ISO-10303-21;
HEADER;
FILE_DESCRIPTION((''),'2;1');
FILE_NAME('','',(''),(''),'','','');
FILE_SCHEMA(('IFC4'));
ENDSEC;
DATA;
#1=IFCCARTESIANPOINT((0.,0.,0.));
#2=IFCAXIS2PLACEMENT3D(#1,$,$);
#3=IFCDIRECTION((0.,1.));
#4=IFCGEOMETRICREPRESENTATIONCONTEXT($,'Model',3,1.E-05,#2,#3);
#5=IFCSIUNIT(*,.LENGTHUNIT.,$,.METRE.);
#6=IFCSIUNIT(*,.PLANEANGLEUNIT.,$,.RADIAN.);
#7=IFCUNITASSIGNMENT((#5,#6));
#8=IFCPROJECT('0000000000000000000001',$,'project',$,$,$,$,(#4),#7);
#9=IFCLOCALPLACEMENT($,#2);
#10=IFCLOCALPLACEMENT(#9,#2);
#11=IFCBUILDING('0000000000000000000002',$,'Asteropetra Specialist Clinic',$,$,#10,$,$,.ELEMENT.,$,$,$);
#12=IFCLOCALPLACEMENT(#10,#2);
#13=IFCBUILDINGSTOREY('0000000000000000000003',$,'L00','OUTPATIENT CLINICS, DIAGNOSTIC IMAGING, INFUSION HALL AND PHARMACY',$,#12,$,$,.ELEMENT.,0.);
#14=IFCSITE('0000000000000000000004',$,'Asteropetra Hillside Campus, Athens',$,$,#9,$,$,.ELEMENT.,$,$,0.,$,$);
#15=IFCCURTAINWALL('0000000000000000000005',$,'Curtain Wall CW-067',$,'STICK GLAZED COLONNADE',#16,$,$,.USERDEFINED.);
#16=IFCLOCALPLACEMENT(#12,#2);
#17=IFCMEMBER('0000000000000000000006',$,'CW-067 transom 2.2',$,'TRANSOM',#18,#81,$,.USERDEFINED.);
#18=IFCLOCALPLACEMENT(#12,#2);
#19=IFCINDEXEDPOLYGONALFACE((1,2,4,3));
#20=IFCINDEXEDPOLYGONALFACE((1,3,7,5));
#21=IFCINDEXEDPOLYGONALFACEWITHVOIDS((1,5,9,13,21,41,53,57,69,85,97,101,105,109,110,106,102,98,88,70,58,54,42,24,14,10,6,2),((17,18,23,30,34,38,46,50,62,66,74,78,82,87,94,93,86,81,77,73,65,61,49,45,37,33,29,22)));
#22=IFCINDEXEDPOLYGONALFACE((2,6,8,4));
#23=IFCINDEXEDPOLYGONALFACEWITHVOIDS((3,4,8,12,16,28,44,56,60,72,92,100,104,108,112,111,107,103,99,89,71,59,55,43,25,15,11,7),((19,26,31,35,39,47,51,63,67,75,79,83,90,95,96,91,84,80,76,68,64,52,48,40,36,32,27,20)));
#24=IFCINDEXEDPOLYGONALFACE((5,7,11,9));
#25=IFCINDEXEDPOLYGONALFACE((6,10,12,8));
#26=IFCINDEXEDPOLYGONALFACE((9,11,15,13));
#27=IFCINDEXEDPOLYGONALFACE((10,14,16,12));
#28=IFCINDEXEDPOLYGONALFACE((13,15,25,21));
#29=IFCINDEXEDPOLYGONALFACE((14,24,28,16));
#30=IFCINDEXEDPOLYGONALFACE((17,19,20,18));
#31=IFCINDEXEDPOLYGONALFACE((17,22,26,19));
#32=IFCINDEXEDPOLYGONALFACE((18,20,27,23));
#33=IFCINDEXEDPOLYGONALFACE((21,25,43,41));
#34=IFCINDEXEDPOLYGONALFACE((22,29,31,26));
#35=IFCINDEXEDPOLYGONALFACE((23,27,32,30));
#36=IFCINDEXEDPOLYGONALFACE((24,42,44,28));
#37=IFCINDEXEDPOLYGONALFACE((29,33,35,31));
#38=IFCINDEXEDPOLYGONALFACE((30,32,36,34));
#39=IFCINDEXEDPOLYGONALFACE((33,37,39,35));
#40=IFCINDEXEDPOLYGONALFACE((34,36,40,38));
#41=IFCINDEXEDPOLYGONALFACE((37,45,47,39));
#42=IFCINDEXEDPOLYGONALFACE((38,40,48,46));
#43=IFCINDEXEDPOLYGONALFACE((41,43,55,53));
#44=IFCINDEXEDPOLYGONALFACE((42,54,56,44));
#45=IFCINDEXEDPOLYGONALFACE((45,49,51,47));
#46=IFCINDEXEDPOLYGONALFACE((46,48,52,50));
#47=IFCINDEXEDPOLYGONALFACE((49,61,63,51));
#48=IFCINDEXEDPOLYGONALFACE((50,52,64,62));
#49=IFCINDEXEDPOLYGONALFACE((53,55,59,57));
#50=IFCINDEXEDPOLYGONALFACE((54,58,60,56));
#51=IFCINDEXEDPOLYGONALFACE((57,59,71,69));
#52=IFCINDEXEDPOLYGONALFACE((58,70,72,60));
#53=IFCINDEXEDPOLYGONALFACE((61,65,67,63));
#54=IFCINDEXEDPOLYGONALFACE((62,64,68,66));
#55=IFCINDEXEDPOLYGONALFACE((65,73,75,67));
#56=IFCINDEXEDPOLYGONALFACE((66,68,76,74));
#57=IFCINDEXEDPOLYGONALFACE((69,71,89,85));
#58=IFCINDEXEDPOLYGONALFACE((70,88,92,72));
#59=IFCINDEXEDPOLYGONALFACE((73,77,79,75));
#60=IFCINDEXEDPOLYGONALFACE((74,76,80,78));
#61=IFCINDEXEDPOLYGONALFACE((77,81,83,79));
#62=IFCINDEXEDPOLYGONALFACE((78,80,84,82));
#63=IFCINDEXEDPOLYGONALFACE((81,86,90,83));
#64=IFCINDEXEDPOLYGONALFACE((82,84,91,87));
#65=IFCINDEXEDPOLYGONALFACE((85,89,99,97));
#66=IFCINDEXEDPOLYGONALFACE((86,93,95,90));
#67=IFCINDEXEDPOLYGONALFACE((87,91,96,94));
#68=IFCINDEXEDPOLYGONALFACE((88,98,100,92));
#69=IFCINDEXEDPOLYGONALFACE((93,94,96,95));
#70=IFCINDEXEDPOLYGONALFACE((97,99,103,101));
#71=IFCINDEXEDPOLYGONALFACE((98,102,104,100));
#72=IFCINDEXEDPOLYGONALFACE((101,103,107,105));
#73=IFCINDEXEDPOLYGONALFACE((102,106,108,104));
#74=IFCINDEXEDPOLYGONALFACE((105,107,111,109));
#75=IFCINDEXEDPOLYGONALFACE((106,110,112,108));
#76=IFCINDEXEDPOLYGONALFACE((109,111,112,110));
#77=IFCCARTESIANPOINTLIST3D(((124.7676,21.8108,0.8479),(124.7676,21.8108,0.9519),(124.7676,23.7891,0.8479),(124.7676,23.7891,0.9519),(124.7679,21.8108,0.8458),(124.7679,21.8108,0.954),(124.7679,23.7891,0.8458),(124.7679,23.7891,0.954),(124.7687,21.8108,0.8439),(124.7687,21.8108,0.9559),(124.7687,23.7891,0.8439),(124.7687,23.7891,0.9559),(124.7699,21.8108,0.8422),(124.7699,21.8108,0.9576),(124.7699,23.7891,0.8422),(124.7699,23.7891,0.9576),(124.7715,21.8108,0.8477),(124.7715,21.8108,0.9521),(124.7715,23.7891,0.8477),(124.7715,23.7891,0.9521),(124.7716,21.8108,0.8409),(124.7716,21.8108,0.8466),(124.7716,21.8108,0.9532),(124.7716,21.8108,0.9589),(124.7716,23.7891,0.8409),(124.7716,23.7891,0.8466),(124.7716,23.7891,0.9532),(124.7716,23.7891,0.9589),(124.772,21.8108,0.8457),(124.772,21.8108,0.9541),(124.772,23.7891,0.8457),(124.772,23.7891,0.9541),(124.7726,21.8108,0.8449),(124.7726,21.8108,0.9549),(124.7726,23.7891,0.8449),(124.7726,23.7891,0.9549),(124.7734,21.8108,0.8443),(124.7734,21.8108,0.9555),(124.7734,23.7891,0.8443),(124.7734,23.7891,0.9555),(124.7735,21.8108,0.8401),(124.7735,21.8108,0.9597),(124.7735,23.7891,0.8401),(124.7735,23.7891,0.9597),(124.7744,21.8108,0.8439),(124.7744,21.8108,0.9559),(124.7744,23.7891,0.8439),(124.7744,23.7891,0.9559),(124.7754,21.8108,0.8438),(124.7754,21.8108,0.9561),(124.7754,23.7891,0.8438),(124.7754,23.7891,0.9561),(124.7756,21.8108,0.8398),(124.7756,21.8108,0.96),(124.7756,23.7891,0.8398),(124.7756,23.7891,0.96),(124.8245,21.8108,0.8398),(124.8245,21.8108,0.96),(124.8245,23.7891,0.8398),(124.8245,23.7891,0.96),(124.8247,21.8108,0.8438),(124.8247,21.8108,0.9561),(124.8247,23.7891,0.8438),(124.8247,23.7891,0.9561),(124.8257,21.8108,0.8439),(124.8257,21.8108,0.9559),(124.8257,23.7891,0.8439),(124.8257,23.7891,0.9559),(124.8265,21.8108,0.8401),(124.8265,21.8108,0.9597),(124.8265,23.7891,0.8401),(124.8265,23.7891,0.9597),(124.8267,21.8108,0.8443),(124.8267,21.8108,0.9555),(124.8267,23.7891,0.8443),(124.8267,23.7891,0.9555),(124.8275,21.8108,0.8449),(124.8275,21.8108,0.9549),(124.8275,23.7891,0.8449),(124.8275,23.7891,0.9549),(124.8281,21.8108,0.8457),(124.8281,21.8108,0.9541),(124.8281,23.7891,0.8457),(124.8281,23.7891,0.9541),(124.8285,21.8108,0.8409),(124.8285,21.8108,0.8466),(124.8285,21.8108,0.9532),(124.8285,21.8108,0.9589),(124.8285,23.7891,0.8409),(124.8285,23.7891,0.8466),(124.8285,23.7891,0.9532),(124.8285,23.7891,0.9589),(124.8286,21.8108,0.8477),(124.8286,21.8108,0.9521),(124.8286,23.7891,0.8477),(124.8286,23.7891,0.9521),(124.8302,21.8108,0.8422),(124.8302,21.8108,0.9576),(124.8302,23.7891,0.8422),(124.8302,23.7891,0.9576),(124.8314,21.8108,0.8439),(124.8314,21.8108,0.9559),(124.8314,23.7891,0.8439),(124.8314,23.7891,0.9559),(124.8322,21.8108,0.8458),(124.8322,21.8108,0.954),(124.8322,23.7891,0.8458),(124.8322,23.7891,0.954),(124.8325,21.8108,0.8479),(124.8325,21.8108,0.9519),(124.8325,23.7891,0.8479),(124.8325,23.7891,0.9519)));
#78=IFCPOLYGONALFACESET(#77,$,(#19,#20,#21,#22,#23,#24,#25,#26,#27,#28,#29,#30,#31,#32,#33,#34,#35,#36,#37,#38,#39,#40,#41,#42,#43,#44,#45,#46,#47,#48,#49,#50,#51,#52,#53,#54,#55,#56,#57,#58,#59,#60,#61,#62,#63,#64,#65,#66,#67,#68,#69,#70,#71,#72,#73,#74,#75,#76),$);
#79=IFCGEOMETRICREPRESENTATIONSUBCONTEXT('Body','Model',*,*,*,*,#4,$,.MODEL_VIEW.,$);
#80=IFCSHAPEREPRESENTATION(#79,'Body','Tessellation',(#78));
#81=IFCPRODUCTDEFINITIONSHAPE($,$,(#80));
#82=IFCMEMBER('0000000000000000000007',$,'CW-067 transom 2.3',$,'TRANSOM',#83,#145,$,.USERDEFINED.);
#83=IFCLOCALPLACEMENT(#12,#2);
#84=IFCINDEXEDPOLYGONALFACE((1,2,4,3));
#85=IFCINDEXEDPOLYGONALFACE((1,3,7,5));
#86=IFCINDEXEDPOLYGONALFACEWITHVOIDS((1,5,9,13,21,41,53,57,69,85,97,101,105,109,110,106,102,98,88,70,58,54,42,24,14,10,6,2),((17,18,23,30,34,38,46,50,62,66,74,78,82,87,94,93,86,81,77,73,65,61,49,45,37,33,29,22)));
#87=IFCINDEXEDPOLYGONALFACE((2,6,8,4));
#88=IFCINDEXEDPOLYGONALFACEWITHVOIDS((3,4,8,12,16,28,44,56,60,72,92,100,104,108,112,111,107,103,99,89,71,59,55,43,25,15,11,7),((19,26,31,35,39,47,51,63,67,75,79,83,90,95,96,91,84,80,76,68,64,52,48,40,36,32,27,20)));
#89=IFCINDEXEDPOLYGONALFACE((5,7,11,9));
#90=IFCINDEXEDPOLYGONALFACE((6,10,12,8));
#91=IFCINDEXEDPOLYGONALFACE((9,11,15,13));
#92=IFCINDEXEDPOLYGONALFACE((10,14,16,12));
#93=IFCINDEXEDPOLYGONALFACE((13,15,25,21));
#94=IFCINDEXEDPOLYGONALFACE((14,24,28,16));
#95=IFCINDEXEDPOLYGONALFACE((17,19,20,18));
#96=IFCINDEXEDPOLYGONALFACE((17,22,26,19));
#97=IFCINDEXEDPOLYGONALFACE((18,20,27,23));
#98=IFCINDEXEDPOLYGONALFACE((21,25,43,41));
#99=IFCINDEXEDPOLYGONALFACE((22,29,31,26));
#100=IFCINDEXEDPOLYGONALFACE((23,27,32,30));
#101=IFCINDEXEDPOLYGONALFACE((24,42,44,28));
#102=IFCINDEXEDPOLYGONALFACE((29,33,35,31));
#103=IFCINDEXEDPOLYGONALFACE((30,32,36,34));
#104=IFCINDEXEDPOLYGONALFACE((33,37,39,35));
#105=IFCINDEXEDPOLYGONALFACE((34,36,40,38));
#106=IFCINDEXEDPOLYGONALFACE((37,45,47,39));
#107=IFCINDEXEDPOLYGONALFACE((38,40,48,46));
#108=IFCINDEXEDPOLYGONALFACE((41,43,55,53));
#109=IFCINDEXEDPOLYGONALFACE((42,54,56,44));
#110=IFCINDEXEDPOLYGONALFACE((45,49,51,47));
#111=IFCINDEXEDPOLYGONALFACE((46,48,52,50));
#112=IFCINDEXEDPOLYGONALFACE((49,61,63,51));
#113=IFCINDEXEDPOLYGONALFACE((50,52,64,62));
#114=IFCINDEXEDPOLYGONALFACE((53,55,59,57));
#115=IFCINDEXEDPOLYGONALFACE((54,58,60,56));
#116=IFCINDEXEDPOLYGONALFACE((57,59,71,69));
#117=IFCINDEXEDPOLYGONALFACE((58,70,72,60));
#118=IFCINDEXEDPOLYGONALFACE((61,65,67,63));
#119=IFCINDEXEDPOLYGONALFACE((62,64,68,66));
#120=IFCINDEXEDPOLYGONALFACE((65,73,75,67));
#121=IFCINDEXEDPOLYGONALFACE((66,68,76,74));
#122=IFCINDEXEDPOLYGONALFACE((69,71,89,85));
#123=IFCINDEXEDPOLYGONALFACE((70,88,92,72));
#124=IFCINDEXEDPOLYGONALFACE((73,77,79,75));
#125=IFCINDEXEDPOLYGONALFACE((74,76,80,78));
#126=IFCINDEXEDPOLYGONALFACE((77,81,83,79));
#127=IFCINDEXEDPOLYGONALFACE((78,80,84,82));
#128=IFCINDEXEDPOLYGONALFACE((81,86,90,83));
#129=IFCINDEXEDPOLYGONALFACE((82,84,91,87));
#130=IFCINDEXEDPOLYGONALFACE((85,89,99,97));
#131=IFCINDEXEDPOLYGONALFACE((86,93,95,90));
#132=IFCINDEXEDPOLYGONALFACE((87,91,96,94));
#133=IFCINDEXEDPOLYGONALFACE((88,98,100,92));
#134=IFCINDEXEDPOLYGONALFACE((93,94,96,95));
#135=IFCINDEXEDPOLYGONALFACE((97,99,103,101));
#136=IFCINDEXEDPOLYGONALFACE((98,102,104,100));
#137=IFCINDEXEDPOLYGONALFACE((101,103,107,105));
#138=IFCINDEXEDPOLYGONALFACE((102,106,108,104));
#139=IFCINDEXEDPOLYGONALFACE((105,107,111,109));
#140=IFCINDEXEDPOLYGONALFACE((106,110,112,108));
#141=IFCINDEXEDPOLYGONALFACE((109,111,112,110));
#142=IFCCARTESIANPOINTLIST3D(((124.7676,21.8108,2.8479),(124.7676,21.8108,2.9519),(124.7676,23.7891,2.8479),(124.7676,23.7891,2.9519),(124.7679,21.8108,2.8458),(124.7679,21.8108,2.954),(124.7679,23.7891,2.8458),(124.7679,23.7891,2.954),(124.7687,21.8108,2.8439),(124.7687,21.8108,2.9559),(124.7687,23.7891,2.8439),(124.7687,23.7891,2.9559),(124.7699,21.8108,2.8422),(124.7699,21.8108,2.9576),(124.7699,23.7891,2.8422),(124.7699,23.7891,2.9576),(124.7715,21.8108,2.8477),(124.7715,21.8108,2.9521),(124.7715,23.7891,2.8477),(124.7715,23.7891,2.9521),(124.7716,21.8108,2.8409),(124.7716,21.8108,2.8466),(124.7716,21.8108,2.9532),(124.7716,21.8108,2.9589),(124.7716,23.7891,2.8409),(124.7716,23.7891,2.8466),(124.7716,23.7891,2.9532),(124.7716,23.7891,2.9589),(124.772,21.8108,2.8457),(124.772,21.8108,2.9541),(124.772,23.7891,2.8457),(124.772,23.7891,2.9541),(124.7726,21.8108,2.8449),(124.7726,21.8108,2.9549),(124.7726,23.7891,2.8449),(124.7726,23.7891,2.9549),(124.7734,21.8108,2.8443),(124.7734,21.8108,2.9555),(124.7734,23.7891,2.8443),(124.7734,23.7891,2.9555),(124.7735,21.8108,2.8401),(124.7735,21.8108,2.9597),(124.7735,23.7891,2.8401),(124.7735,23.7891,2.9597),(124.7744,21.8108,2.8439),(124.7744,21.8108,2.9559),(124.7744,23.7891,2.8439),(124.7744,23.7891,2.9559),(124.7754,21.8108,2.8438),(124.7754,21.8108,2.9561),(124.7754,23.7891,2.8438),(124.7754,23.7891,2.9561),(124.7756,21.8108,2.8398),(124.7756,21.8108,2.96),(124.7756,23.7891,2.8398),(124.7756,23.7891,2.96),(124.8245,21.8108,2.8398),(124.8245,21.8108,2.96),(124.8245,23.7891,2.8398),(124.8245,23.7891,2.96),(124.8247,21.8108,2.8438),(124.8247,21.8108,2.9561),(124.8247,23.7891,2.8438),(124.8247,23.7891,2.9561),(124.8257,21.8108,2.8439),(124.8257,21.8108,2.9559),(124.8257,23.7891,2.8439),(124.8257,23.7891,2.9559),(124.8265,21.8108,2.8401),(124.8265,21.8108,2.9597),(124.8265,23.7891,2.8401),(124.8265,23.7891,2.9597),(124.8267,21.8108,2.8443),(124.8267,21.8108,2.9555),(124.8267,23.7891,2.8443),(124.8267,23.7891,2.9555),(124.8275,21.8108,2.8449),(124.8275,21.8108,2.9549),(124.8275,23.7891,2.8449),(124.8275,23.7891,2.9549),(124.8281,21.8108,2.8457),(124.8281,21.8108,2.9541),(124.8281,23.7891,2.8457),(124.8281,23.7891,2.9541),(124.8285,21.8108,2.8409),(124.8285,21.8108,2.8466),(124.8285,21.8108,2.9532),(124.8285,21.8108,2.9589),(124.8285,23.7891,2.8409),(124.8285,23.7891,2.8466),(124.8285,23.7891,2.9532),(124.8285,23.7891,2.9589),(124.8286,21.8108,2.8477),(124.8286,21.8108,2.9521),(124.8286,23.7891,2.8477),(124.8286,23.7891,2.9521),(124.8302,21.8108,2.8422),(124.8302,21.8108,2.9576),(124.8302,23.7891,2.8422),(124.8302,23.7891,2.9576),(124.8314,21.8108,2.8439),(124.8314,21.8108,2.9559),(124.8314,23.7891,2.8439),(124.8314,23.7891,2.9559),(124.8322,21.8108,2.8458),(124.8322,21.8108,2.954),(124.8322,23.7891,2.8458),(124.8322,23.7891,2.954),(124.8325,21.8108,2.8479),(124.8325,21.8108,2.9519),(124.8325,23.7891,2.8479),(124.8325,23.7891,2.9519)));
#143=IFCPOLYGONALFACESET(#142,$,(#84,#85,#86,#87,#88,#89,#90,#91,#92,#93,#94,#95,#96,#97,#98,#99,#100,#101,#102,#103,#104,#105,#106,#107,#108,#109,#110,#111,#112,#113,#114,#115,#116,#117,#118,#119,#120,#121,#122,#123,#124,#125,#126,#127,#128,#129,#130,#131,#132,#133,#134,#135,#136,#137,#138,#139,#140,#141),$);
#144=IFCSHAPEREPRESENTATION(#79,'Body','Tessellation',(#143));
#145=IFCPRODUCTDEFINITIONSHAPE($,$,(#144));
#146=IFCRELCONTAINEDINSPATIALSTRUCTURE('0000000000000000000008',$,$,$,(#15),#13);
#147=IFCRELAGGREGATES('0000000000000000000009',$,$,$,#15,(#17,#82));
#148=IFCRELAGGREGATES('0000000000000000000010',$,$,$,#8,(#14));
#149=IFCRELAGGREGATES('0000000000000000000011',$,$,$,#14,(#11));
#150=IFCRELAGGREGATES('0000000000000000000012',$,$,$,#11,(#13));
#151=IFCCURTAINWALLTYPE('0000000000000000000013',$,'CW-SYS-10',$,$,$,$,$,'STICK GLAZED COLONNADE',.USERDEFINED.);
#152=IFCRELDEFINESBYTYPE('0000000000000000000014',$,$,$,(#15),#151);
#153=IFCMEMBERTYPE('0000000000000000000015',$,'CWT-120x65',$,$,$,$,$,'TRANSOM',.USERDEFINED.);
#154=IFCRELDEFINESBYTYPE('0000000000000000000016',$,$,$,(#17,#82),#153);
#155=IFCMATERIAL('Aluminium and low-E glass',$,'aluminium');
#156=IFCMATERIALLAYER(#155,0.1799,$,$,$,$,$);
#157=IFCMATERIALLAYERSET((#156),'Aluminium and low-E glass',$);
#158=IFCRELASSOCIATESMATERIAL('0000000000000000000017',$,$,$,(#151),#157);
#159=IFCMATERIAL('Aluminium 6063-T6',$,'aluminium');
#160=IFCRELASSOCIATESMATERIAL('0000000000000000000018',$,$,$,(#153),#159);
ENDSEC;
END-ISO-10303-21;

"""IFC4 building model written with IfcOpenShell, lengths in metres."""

from ifc_helpers import new_model, si_unit, direction, frame, origin, origin_2d, place, context, subcontext, project, spatial, hollow_rectangle, extrude, material, layer, layer_set, material_profile, profile_set, type_object, element, aggregate, save


model = new_model("IFC4")

# Units and contexts
model_context = context("Model", 3, precision=1e-05, world=origin(), true_north=direction((0.0, 1.0)))
body_context = subcontext(model_context, "Body", "Model", "MODEL_VIEW")
ifc_project = project(units=[si_unit("LENGTHUNIT", "METRE"), si_unit("PLANEANGLEUNIT", "RADIAN")], contexts=[model_context])

# Site, building, storey
site_placement = place(None, origin())
site = spatial("IfcSite", under=ifc_project, at=site_placement, Name="Asteropetra Hillside Campus, Athens", CompositionType="ELEMENT", RefElevation=0.0)
building_placement = place(site_placement, origin())
building = spatial("IfcBuilding", under=site, at=building_placement, Name="Asteropetra Specialist Clinic", CompositionType="ELEMENT")
storey_placement = place(building_placement, origin())
storey = spatial("IfcBuildingStorey", under=building, at=storey_placement, Name="L00", Description="OUTPATIENT CLINICS, DIAGNOSTIC IMAGING, INFUSION HALL AND PHARMACY", CompositionType="ELEMENT", Elevation=0.0)

# Curtain wall, members
ifc_material_1 = material(Name="Aluminium and low-E glass", Category="aluminium")
ifc_layer_1 = layer(ifc_material_1, 0.1799)
ifc_layer_set_1 = layer_set([ifc_layer_1], Name="Aluminium and low-E glass")
curtain_wall_type = type_object("IfcCurtainWallType", Name="CW-SYS-10", ElementType="STICK GLAZED COLONNADE", PredefinedType="USERDEFINED", material=ifc_layer_set_1)
curtain_wall_placement = place(storey_placement, origin())
curtain_wall = element("IfcCurtainWall", 1, at=curtain_wall_placement, inside=storey, type_object=curtain_wall_type, Name="Curtain Wall CW-067", ObjectType="STICK GLAZED COLONNADE", PredefinedType="USERDEFINED")
ifc_material_2 = material(Name="Aluminium 6063-T6", Category="aluminium")
ifc_material_profile_1 = material_profile(ifc_material_2, hollow_rectangle(XDim=0.0649, YDim=0.1201, WallThickness=0.0039, InnerFilletRadius=0.0039, OuterFilletRadius=0.0081, at=origin_2d()), Name="TRN 120x65x4.0")
ifc_profile_set_1 = profile_set([ifc_material_profile_1], Name="Aluminium 6063-T6")
member_type_1 = type_object("IfcMemberType", Name="CWT-120x65", ElementType="TRANSOM", PredefinedType="USERDEFINED", material=ifc_profile_set_1)
member_1_placement = place(storey_placement, frame((124.8, 23.7891, 0.8999), z_axis=(0.0, -1.0, 0.0), x_axis=(1.0, 0.0, 0.0)))
member_1 = element("IfcMember", 2, at=member_1_placement, type_object=member_type_1, Name="CW-067 transom 2.2", ObjectType="TRANSOM", PredefinedType="USERDEFINED", context=body_context, shape_type="SweptSolid", body=[
    extrude(hollow_rectangle(XDim=0.0649, YDim=0.1201, WallThickness=0.0039, InnerFilletRadius=0.0039, OuterFilletRadius=0.0081, at=origin_2d()), origin(), (0.0, 0.0, 1.0), 1.9783),
])
member_2_placement = place(storey_placement, frame((124.8, 23.7891, 2.8999), z_axis=(0.0, -1.0, 0.0), x_axis=(1.0, 0.0, 0.0)))
member_2 = element("IfcMember", 3, at=member_2_placement, type_object=member_type_1, Name="CW-067 transom 2.3", ObjectType="TRANSOM", PredefinedType="USERDEFINED", context=body_context, shape_type="SweptSolid", body=[
    extrude(hollow_rectangle(XDim=0.0649, YDim=0.1201, WallThickness=0.0039, InnerFilletRadius=0.0039, OuterFilletRadius=0.0081, at=origin_2d()), origin(), (0.0, 0.0, 1.0), 1.9783),
])
aggregate(curtain_wall, [member_1, member_2])

save(model, "model.ifc")
